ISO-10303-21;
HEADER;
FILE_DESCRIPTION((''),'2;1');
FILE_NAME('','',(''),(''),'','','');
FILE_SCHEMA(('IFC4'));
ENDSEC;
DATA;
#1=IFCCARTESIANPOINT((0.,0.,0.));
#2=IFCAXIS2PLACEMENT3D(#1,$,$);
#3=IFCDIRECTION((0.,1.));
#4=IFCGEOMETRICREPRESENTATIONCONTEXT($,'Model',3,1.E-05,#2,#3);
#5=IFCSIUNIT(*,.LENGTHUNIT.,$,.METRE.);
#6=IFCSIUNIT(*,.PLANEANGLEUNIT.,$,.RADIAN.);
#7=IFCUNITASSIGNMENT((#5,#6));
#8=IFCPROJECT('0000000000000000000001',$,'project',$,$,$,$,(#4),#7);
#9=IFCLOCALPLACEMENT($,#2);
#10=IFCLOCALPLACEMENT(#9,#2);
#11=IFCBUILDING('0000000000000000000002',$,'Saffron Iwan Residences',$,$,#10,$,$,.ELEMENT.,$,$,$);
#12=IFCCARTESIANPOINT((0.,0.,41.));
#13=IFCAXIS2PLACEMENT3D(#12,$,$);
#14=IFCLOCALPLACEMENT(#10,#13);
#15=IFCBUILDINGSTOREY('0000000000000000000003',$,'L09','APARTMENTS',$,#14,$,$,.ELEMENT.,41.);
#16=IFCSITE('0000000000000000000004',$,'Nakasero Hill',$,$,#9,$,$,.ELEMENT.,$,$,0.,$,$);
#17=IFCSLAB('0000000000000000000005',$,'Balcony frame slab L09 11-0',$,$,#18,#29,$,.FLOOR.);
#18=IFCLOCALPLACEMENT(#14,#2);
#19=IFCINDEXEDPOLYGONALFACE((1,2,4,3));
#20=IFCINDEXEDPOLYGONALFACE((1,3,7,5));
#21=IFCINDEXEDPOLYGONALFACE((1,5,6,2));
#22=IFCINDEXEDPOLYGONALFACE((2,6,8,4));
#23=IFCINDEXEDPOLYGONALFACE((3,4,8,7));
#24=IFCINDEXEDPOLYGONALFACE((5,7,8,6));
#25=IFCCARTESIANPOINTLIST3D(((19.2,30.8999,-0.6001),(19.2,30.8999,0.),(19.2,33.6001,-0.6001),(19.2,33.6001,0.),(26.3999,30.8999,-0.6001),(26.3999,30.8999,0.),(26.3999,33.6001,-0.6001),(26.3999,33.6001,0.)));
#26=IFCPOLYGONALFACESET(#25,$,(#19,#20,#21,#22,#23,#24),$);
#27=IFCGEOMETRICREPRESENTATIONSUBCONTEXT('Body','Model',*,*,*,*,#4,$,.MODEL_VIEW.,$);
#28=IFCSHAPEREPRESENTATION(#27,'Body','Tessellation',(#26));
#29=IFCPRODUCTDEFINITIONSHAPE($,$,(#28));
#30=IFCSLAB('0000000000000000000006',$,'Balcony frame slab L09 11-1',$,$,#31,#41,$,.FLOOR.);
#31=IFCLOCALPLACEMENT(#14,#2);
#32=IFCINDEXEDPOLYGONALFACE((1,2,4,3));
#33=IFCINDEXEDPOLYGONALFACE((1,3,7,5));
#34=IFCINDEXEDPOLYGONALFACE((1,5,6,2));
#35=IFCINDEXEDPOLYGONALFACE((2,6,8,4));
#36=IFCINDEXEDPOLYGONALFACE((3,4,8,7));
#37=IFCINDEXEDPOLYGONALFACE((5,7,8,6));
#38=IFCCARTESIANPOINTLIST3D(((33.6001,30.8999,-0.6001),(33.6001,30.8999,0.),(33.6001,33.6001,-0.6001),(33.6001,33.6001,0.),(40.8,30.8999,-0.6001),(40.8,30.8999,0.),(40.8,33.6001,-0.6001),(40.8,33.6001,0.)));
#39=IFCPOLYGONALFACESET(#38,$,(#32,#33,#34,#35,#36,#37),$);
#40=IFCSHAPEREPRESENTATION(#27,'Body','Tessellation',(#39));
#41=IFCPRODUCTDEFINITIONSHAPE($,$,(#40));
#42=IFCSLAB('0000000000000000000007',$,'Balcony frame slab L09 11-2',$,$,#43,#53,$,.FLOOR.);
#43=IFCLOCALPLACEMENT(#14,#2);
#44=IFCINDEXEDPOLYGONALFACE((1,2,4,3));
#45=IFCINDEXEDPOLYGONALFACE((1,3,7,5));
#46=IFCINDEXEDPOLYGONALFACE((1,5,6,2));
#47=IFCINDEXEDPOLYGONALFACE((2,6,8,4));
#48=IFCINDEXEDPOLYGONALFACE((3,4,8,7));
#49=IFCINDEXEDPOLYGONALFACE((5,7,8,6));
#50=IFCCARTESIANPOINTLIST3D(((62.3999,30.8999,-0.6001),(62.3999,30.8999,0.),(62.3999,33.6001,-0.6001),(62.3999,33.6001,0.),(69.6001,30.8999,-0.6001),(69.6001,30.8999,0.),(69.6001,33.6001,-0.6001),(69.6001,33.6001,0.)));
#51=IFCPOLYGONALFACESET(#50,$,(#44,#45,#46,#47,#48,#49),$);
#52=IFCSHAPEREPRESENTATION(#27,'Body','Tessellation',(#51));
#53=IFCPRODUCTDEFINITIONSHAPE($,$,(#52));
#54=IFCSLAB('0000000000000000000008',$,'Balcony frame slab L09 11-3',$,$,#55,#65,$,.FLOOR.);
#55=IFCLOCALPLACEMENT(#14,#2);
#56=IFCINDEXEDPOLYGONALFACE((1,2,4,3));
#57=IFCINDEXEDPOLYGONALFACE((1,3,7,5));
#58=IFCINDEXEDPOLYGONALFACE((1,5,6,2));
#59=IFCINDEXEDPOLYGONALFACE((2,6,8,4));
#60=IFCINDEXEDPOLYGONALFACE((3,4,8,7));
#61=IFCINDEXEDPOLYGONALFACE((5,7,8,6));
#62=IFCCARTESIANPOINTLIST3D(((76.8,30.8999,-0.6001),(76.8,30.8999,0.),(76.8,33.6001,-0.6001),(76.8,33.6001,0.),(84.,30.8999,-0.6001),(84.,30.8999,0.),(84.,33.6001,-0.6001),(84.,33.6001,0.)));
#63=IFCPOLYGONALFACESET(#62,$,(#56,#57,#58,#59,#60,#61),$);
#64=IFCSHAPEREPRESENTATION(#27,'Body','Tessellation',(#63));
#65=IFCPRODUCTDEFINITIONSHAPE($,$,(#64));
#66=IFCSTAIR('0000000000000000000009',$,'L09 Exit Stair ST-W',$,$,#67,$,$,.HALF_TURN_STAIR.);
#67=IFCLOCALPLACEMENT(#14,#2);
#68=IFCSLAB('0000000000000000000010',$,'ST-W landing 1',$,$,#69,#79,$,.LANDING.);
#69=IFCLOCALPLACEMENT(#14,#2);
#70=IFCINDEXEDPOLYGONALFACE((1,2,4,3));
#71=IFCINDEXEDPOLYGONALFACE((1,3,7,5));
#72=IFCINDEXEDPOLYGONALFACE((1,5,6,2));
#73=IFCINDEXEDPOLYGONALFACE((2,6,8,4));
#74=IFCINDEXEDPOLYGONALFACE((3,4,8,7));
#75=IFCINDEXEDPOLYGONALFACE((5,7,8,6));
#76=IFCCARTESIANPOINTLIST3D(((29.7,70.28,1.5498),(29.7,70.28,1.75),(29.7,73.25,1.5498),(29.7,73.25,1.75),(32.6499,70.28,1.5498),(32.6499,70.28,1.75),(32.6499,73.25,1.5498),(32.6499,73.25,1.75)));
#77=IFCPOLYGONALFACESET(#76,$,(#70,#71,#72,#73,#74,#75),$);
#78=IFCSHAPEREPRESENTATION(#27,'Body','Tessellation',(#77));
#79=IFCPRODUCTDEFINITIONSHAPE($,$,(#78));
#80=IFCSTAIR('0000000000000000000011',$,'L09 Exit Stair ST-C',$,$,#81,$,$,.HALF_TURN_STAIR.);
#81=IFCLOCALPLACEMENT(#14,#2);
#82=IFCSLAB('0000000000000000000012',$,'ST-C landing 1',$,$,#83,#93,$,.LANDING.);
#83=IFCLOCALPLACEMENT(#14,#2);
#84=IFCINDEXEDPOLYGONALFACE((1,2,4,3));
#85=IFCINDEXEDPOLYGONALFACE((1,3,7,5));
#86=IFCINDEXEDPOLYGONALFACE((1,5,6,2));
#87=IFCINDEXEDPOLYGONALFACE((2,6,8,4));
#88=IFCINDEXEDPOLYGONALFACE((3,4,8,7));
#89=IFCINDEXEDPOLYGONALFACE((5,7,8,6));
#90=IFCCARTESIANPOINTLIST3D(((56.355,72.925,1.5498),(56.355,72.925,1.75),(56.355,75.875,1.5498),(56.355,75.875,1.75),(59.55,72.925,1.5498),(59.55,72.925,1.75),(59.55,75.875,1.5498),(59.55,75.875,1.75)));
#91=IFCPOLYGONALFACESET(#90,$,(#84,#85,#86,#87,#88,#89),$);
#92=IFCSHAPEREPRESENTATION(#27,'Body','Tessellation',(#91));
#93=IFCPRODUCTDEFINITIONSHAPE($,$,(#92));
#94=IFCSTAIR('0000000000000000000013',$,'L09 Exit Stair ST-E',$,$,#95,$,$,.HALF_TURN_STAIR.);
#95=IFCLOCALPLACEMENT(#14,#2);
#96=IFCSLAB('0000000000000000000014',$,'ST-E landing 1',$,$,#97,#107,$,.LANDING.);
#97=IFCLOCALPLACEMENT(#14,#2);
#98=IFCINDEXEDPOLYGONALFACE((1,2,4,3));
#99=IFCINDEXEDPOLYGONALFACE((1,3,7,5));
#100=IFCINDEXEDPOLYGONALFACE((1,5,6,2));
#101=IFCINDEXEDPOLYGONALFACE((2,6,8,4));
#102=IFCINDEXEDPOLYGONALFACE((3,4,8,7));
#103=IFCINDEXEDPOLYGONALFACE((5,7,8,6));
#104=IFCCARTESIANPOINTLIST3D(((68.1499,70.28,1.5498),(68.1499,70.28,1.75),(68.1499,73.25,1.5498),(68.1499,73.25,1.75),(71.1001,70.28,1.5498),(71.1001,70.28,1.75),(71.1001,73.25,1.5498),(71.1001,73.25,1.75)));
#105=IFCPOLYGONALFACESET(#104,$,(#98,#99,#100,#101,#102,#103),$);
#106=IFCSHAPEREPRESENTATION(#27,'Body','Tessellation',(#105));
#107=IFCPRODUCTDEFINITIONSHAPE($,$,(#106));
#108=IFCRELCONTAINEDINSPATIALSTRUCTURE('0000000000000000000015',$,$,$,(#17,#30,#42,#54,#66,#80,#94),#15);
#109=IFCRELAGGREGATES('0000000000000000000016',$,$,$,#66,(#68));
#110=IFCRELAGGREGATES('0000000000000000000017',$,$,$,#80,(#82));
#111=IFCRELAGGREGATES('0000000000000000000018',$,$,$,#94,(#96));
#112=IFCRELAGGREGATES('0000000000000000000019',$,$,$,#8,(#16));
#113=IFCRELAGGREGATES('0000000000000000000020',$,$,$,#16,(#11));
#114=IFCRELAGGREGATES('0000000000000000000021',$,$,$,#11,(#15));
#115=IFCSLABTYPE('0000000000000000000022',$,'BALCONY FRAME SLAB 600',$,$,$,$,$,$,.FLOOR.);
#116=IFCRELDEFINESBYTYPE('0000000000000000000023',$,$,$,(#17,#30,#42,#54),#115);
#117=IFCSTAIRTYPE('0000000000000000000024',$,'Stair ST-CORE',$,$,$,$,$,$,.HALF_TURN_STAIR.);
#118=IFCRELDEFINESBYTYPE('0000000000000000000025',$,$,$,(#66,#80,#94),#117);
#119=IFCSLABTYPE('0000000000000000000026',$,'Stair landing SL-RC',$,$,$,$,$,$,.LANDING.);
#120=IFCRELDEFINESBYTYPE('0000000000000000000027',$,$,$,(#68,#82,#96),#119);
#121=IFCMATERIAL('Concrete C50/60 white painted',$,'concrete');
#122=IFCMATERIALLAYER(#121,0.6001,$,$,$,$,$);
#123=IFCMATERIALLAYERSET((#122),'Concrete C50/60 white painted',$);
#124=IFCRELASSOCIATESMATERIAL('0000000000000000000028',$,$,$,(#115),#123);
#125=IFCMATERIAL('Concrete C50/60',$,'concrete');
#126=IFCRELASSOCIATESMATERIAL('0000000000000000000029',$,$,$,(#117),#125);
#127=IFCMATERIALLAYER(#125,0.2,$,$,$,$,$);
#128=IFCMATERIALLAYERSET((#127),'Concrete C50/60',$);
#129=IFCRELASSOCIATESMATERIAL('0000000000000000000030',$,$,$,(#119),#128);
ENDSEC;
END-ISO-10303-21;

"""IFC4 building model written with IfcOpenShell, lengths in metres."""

from ifc_helpers import new_model, si_unit, direction, frame, origin, place, context, subcontext, project, spatial, polyline, outline, extrude, material, layer, layer_set, type_object, element, aggregate, save


model = new_model("IFC4")

# Units and contexts
model_context = context("Model", 3, precision=1e-05, world=origin(), true_north=direction((0.0, 1.0)))
body_context = subcontext(model_context, "Body", "Model", "MODEL_VIEW")
ifc_project = project(units=[si_unit("LENGTHUNIT", "METRE"), si_unit("PLANEANGLEUNIT", "RADIAN")], contexts=[model_context])

# Site, building, storey
site_placement = place(None, origin())
site = spatial("IfcSite", under=ifc_project, at=site_placement, Name="Nakasero Hill", CompositionType="ELEMENT", RefElevation=0.0)
building_placement = place(site_placement, origin())
building = spatial("IfcBuilding", under=site, at=building_placement, Name="Saffron Iwan Residences", CompositionType="ELEMENT")
storey_placement = place(building_placement, frame((0.0, 0.0, 41.0)))
storey = spatial("IfcBuildingStorey", under=building, at=storey_placement, Name="L09", Description="APARTMENTS", CompositionType="ELEMENT", Elevation=41.0)

# Slabs
ifc_material_1 = material(Name="Concrete C50/60 white painted", Category="concrete")
ifc_layer_1 = layer(ifc_material_1, 0.6001)
ifc_layer_set_1 = layer_set([ifc_layer_1], Name="Concrete C50/60 white painted")
slab_type_1 = type_object("IfcSlabType", Name="BALCONY FRAME SLAB 600", PredefinedType="FLOOR", material=ifc_layer_set_1)
slab_1_placement = place(storey_placement, frame((0.0, 0.0, -0.6001)))
element("IfcSlab", 1, at=slab_1_placement, inside=storey, type_object=slab_type_1, Name="Balcony frame slab L09 11-0", PredefinedType="FLOOR", context=body_context, shape_type="SweptSolid", body=[
    extrude(outline(polyline([(19.2, 30.8999), (26.3999, 30.8999), (26.3999, 33.6001), (19.2, 33.6001), (19.2, 30.8999)])), origin(), (0.0, 0.0, 1.0), 0.6001),
])
slab_2_placement = place(storey_placement, frame((0.0, 0.0, -0.6001)))
element("IfcSlab", 2, at=slab_2_placement, inside=storey, type_object=slab_type_1, Name="Balcony frame slab L09 11-1", PredefinedType="FLOOR", context=body_context, shape_type="SweptSolid", body=[
    extrude(outline(polyline([(33.6001, 30.8999), (40.8, 30.8999), (40.8, 33.6001), (33.6001, 33.6001), (33.6001, 30.8999)])), origin(), (0.0, 0.0, 1.0), 0.6001),
])
slab_3_placement = place(storey_placement, frame((0.0, 0.0, -0.6001)))
element("IfcSlab", 3, at=slab_3_placement, inside=storey, type_object=slab_type_1, Name="Balcony frame slab L09 11-2", PredefinedType="FLOOR", context=body_context, shape_type="SweptSolid", body=[
    extrude(outline(polyline([(62.3999, 30.8999), (69.6001, 30.8999), (69.6001, 33.6001), (62.3999, 33.6001), (62.3999, 30.8999)])), origin(), (0.0, 0.0, 1.0), 0.6001),
])
slab_4_placement = place(storey_placement, frame((0.0, 0.0, -0.6001)))
element("IfcSlab", 4, at=slab_4_placement, inside=storey, type_object=slab_type_1, Name="Balcony frame slab L09 11-3", PredefinedType="FLOOR", context=body_context, shape_type="SweptSolid", body=[
    extrude(outline(polyline([(76.8, 30.8999), (84.0, 30.8999), (84.0, 33.6001), (76.8, 33.6001), (76.8, 30.8999)])), origin(), (0.0, 0.0, 1.0), 0.6001),
])

# Stairs, slabs
ifc_material_2 = material(Name="Concrete C50/60", Category="concrete")
stair_type = type_object("IfcStairType", Name="Stair ST-CORE", PredefinedType="HALF_TURN_STAIR", material=ifc_material_2)
stair_1_placement = place(storey_placement, origin())
stair_1 = element("IfcStair", 5, at=stair_1_placement, inside=storey, type_object=stair_type, Name="L09 Exit Stair ST-W", PredefinedType="HALF_TURN_STAIR")
ifc_layer_2 = layer(ifc_material_2, 0.2)
ifc_layer_set_2 = layer_set([ifc_layer_2], Name="Concrete C50/60")
slab_type_2 = type_object("IfcSlabType", Name="Stair landing SL-RC", PredefinedType="LANDING", material=ifc_layer_set_2)
slab_5_placement = place(storey_placement, frame((0.0, 0.0, 1.5498)))
slab_5 = element("IfcSlab", 6, at=slab_5_placement, type_object=slab_type_2, Name="ST-W landing 1", PredefinedType="LANDING", context=body_context, shape_type="SweptSolid", body=[
    extrude(outline(polyline([(32.6499, 70.28), (32.6499, 73.25), (29.7, 73.25), (29.7, 70.28), (32.6499, 70.28)])), origin(), (0.0, 0.0, 1.0), 0.2002),
])
aggregate(stair_1, [slab_5])
stair_2_placement = place(storey_placement, origin())
stair_2 = element("IfcStair", 7, at=stair_2_placement, inside=storey, type_object=stair_type, Name="L09 Exit Stair ST-C", PredefinedType="HALF_TURN_STAIR")
slab_6_placement = place(storey_placement, frame((0.0, 0.0, 1.5498)))
slab_6 = element("IfcSlab", 8, at=slab_6_placement, type_object=slab_type_2, Name="ST-C landing 1", PredefinedType="LANDING", context=body_context, shape_type="SweptSolid", body=[
    extrude(outline(polyline([(56.355, 72.925), (59.55, 72.925), (59.55, 75.875), (56.355, 75.875), (56.355, 72.925)])), origin(), (0.0, 0.0, 1.0), 0.2002),
])
aggregate(stair_2, [slab_6])
stair_3_placement = place(storey_placement, origin())
stair_3 = element("IfcStair", 9, at=stair_3_placement, inside=storey, type_object=stair_type, Name="L09 Exit Stair ST-E", PredefinedType="HALF_TURN_STAIR")
slab_7_placement = place(storey_placement, frame((0.0, 0.0, 1.5498)))
slab_7 = element("IfcSlab", 10, at=slab_7_placement, type_object=slab_type_2, Name="ST-E landing 1", PredefinedType="LANDING", context=body_context, shape_type="SweptSolid", body=[
    extrude(outline(polyline([(71.1001, 70.28), (71.1001, 73.25), (68.1499, 73.25), (68.1499, 70.28), (71.1001, 70.28)])), origin(), (0.0, 0.0, 1.0), 0.2002),
])
aggregate(stair_3, [slab_7])

save(model, "model.ifc")
